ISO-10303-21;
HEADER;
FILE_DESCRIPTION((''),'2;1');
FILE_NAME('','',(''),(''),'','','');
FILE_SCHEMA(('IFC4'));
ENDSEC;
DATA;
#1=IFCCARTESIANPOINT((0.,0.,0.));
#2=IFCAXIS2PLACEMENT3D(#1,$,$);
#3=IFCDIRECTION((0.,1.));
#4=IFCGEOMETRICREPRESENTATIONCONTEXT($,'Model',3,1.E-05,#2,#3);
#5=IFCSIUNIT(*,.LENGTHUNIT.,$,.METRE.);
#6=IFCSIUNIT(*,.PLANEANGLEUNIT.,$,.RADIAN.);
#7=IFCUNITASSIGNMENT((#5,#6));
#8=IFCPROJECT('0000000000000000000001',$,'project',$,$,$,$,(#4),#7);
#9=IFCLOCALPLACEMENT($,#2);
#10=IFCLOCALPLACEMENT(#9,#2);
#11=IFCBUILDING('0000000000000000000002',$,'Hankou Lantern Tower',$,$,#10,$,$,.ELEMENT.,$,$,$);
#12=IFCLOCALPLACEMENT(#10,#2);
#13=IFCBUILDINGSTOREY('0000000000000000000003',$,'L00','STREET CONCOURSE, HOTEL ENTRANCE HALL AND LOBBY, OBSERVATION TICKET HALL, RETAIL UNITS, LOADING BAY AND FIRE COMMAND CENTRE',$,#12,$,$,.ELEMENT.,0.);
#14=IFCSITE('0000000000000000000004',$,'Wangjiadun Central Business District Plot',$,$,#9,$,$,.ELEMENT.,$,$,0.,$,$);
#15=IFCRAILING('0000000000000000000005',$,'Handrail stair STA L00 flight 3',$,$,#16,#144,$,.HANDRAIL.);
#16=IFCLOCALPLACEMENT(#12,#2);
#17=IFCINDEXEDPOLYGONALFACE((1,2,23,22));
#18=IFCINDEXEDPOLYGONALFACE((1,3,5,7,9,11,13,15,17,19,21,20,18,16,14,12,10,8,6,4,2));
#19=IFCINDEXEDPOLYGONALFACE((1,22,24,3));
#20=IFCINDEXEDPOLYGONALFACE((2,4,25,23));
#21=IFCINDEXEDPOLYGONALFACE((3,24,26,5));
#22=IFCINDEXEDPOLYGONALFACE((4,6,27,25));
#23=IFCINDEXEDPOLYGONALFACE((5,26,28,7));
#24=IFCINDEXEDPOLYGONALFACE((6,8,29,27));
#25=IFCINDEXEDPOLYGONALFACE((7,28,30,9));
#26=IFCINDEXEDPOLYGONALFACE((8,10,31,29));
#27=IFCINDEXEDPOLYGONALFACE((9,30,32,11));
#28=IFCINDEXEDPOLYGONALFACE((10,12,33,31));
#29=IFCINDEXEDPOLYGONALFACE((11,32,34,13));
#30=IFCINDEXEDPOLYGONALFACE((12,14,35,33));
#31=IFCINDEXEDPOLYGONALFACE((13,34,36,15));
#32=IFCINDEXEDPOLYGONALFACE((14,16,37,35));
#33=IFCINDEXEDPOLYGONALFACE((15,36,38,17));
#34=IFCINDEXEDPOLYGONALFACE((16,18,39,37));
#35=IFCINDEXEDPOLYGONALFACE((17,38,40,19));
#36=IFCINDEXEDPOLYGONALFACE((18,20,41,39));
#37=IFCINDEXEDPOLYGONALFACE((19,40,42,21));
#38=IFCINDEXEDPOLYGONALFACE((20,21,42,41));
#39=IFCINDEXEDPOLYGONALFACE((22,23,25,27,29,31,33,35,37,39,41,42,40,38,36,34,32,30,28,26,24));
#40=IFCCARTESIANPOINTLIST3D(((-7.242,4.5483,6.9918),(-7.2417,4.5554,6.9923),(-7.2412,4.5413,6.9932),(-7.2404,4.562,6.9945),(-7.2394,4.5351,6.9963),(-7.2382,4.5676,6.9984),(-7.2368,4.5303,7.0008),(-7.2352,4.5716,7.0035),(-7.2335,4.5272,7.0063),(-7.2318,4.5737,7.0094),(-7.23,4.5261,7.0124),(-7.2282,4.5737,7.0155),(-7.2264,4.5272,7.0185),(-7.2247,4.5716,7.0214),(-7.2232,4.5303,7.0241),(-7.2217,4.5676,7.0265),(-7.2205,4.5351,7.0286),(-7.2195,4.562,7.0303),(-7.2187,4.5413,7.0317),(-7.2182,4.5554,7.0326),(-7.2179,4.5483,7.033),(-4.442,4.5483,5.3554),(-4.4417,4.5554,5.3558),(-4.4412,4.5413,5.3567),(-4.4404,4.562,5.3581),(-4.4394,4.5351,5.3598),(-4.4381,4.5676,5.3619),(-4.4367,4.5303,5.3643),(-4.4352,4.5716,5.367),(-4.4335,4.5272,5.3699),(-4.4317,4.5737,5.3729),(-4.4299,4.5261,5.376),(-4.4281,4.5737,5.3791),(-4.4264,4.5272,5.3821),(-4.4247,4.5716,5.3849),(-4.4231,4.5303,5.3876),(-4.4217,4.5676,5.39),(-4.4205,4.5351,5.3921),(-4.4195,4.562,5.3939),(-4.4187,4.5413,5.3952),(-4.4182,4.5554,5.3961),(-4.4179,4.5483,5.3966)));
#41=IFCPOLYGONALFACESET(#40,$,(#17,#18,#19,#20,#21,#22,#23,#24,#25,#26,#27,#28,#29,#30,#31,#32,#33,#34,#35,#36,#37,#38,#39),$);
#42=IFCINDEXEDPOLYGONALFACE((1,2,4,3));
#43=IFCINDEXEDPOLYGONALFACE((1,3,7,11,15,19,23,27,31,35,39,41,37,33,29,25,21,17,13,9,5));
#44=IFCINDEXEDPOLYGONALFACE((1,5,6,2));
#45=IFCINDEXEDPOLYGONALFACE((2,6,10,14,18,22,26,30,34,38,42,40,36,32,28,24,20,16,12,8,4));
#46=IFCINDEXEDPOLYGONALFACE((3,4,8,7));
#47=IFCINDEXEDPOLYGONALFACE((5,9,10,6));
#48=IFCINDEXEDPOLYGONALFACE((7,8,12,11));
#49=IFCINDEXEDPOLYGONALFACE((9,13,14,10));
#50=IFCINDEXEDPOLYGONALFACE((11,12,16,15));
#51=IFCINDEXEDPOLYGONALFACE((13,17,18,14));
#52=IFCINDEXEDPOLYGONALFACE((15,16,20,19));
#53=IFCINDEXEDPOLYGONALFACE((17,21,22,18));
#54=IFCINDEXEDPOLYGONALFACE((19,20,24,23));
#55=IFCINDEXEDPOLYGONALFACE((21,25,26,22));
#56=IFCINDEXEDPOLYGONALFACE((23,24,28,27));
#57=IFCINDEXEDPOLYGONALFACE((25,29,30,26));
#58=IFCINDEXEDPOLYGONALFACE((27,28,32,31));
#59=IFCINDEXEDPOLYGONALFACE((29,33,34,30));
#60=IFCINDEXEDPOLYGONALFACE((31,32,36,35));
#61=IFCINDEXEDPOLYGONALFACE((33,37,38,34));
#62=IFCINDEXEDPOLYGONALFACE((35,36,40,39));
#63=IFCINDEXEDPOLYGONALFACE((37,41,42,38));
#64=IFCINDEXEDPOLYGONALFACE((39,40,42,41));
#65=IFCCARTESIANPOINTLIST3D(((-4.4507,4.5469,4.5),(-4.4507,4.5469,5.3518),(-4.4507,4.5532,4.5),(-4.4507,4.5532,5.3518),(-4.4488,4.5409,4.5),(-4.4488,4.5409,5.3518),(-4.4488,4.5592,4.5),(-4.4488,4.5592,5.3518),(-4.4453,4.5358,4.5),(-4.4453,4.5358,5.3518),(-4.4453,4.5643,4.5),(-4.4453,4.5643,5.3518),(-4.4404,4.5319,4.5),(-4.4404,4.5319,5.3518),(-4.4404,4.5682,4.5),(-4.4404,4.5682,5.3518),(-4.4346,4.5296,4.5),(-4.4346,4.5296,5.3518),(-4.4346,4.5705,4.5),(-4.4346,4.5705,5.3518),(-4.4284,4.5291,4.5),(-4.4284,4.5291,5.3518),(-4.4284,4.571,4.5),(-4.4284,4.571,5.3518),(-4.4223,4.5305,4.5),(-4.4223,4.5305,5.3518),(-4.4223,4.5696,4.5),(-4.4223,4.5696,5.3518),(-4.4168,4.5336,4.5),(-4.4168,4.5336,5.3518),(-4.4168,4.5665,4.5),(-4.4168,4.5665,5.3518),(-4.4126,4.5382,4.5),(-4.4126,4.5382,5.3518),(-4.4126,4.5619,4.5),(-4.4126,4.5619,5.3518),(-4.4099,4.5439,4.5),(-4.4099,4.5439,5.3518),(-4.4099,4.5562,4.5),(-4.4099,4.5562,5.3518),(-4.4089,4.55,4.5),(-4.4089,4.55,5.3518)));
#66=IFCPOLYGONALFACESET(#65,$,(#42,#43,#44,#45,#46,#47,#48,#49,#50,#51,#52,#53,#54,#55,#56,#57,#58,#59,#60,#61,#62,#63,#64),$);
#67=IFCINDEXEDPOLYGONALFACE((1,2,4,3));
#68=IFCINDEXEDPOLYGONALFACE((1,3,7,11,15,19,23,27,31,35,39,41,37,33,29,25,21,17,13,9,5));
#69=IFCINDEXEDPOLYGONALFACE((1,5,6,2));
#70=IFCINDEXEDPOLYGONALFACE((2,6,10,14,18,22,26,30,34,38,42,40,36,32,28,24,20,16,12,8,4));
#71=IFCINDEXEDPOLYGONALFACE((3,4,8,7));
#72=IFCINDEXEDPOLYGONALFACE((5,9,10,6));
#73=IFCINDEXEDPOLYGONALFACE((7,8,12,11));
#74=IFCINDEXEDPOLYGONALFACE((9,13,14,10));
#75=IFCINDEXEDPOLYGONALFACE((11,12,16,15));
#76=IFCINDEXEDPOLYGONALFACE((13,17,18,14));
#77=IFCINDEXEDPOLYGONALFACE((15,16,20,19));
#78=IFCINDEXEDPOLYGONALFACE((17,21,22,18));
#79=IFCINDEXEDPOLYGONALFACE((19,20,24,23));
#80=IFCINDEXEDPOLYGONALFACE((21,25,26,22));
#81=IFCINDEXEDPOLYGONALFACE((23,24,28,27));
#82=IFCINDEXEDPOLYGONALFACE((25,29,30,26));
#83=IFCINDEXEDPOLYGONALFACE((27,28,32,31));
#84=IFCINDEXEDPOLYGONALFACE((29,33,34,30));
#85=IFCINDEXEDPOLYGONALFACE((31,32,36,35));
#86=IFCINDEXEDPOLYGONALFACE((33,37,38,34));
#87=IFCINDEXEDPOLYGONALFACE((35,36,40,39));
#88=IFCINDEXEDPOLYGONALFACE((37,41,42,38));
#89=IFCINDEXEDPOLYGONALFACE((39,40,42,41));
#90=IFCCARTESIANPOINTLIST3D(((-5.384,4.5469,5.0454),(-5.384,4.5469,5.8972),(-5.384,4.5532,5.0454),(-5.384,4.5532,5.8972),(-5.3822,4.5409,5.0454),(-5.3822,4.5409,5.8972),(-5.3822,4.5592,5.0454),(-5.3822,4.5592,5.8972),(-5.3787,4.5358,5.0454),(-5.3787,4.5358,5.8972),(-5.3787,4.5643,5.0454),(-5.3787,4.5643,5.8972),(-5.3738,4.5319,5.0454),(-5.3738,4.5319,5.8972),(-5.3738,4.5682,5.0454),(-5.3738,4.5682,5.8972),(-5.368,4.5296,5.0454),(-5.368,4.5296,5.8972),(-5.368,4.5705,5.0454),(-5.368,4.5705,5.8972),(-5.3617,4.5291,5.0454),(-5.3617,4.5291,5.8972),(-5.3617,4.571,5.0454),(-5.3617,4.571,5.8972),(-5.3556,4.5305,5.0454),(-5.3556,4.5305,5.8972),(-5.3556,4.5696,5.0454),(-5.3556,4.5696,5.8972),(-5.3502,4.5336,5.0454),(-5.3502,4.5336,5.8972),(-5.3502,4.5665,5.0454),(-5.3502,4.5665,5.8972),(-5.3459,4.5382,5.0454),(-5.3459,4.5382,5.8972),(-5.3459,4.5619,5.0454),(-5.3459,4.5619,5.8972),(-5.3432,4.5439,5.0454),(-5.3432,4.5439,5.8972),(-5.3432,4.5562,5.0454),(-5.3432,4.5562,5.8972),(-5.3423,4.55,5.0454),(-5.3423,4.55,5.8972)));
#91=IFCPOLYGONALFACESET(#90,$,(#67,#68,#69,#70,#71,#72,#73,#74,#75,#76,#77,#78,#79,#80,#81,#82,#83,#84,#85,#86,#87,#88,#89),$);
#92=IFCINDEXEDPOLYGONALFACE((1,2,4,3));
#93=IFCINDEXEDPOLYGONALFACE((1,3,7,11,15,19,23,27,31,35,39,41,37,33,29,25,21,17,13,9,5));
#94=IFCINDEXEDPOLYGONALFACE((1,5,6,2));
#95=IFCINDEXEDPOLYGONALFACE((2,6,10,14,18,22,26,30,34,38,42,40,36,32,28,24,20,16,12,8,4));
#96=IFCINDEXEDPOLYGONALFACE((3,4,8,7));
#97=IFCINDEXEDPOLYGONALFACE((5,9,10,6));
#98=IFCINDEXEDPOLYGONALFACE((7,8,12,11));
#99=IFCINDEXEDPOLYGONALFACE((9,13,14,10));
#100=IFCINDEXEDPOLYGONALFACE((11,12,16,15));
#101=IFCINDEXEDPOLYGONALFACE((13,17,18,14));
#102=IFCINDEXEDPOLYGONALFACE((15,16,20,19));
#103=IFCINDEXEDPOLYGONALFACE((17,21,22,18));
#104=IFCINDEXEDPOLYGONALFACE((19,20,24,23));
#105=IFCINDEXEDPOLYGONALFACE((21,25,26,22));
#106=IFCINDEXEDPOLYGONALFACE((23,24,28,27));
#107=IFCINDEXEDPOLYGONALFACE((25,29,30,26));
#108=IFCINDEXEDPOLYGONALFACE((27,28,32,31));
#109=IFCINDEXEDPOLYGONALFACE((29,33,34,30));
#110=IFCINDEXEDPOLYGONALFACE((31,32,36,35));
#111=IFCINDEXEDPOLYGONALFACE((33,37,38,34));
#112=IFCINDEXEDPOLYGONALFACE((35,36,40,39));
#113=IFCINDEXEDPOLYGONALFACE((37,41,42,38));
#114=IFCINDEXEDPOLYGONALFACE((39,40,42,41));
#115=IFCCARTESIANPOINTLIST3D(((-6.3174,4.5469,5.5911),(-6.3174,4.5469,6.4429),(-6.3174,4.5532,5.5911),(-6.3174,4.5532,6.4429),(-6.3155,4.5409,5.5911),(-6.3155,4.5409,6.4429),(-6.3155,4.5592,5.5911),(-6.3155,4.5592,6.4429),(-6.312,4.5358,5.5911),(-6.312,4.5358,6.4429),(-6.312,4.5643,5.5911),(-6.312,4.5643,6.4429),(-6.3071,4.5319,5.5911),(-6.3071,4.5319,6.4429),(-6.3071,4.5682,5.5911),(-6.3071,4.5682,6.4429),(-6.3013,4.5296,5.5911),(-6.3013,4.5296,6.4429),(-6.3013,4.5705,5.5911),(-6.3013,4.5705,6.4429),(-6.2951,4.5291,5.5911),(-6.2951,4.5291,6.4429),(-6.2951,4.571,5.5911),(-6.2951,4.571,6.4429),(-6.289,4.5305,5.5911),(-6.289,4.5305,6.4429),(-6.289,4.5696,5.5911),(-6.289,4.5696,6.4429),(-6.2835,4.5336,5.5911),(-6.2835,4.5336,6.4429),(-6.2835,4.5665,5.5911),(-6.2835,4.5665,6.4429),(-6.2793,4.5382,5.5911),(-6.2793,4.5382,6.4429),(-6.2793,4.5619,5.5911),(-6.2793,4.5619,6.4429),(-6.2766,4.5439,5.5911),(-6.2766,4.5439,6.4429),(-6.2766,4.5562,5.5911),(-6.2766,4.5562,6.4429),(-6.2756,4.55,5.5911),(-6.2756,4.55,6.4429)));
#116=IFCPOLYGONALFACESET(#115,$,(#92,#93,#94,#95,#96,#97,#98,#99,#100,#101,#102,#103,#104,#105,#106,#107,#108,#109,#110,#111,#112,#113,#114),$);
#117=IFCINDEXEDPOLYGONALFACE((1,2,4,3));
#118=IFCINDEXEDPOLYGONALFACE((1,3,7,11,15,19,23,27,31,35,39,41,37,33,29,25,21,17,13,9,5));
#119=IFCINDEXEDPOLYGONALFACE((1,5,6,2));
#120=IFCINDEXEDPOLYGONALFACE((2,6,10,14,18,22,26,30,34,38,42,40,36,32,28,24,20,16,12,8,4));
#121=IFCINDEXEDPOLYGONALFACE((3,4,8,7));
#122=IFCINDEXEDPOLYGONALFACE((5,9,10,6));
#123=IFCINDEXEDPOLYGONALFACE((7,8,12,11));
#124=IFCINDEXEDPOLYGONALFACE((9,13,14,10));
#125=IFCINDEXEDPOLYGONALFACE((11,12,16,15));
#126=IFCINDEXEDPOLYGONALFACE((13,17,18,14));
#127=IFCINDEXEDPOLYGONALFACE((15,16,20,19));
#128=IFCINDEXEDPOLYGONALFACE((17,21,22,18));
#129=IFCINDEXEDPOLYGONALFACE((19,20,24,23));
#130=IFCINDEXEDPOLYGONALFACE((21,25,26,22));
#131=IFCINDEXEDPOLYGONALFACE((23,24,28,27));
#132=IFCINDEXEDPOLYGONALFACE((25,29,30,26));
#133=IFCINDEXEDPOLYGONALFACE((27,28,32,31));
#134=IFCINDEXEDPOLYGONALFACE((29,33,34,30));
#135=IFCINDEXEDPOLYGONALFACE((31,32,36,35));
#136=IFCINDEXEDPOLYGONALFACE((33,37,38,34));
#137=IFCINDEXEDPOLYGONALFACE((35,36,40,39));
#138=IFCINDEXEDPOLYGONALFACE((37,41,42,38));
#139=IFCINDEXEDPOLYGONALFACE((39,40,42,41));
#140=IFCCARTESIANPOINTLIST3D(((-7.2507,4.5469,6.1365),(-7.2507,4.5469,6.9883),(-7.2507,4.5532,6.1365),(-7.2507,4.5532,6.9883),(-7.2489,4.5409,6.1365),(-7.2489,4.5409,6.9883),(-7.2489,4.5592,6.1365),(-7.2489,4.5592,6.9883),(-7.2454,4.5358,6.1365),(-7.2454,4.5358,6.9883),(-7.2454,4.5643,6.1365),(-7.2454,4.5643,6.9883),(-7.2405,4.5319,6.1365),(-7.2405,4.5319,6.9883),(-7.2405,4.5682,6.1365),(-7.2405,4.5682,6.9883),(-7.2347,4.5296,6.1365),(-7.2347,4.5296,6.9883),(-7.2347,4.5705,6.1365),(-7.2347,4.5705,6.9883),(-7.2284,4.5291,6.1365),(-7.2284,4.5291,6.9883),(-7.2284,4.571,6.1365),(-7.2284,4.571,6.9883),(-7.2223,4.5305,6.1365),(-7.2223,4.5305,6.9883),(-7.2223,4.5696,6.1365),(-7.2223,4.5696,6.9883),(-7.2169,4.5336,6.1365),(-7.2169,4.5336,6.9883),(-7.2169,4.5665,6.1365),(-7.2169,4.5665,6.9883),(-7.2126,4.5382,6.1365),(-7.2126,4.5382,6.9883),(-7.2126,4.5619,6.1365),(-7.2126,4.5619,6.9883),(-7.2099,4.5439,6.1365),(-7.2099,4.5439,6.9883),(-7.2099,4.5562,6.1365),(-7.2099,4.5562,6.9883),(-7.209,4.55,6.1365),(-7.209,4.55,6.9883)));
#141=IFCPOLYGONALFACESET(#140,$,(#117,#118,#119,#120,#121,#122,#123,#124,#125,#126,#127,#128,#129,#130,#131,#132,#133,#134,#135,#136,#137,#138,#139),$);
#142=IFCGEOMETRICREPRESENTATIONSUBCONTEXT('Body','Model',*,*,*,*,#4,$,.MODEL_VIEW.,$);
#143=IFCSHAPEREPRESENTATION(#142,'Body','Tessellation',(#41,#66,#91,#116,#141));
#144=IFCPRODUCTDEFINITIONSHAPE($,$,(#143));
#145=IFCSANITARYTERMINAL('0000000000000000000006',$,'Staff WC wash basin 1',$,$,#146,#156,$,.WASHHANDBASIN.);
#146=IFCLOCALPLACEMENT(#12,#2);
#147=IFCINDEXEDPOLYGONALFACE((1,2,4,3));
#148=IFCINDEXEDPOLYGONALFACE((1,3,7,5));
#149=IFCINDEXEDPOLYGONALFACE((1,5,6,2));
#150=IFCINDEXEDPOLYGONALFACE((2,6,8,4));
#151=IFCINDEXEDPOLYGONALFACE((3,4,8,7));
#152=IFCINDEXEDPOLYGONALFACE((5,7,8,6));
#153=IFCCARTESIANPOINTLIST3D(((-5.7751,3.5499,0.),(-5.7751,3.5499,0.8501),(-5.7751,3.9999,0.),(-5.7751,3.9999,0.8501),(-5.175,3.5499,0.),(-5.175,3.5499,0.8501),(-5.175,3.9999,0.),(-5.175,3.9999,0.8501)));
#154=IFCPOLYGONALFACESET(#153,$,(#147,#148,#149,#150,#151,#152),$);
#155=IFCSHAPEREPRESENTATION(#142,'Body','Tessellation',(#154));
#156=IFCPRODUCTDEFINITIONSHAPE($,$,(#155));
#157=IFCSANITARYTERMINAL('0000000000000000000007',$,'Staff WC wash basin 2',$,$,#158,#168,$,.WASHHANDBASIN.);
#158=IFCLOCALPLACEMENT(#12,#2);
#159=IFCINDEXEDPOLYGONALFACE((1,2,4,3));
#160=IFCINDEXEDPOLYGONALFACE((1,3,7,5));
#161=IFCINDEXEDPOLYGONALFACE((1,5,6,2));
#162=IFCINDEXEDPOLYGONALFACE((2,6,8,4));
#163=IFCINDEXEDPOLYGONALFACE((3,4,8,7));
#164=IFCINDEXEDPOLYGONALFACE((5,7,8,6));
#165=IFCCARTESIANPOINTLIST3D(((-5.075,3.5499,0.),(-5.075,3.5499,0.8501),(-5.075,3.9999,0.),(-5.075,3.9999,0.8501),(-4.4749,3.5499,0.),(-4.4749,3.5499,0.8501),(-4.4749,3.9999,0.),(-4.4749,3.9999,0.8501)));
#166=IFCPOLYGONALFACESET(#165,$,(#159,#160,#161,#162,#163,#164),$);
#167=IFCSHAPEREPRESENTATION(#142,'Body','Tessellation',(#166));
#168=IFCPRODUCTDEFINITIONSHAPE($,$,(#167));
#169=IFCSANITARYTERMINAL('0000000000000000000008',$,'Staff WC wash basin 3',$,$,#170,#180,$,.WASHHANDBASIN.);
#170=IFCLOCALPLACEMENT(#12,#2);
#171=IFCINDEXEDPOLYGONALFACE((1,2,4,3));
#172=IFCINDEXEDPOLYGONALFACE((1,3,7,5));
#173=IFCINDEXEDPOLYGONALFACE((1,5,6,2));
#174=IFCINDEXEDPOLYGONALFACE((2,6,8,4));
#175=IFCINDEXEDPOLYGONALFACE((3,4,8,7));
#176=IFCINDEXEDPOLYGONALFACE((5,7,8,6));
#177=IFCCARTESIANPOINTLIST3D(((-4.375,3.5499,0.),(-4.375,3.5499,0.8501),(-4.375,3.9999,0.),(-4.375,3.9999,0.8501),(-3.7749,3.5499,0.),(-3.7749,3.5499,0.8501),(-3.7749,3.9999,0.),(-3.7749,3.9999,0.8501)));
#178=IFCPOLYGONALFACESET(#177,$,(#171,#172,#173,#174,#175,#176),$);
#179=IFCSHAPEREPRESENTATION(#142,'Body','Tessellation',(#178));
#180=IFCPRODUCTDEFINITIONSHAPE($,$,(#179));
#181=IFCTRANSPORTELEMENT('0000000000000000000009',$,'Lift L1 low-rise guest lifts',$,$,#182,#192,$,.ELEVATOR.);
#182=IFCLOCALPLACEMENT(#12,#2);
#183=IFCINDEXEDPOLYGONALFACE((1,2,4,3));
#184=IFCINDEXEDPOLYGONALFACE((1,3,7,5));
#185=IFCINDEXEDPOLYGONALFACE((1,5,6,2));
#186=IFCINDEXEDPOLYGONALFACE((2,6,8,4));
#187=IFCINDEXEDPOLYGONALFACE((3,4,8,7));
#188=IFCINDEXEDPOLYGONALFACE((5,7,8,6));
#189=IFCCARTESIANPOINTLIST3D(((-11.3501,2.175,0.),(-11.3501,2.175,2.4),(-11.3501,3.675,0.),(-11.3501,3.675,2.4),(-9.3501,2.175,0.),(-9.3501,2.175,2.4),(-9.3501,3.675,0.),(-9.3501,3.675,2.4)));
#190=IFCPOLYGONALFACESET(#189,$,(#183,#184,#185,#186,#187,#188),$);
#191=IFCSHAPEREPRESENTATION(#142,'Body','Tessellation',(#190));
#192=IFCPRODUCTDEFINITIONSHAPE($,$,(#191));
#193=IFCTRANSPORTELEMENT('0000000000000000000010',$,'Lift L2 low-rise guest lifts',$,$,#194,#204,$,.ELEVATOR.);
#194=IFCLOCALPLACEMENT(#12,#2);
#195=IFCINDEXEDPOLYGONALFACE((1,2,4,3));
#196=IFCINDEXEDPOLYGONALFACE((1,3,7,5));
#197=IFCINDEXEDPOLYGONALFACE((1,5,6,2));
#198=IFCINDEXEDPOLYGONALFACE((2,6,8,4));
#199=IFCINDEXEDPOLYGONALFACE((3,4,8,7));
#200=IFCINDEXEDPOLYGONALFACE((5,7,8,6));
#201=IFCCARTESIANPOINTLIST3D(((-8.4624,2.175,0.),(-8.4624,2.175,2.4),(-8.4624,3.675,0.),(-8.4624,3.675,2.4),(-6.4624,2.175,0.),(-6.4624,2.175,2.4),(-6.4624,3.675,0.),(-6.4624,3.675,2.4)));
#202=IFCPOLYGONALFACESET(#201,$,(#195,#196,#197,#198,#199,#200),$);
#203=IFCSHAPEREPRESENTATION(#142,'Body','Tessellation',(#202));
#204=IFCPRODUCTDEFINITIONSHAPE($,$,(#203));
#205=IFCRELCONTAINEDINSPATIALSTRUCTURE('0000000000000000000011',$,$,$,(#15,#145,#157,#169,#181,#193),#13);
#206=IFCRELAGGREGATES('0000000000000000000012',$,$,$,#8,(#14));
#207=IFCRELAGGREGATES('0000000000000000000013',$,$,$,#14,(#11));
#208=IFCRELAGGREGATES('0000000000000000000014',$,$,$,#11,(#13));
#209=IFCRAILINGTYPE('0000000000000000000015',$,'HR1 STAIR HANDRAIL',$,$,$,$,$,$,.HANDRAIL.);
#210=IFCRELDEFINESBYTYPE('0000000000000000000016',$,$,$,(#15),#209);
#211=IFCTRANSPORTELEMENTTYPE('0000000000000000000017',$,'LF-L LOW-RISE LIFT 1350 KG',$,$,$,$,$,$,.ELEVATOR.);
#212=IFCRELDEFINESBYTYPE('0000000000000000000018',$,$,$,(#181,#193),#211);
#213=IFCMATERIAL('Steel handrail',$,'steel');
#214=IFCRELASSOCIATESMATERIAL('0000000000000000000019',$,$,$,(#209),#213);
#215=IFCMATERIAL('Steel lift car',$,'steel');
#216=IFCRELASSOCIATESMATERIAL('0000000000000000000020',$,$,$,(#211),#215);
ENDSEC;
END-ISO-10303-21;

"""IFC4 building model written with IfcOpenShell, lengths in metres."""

from ifc_helpers import new_model, si_unit, direction, frame, origin, origin_2d, place, context, subcontext, project, spatial, rectangle, circle, extrude, material, type_object, element, save


model = new_model("IFC4")

# Units and contexts
model_context = context("Model", 3, precision=1e-05, world=origin(), true_north=direction((0.0, 1.0)))
body_context = subcontext(model_context, "Body", "Model", "MODEL_VIEW")
ifc_project = project(units=[si_unit("LENGTHUNIT", "METRE"), si_unit("PLANEANGLEUNIT", "RADIAN")], contexts=[model_context])

# Site, building, storey
site_placement = place(None, origin())
site = spatial("IfcSite", under=ifc_project, at=site_placement, Name="Wangjiadun Central Business District Plot", CompositionType="ELEMENT", RefElevation=0.0)
building_placement = place(site_placement, origin())
building = spatial("IfcBuilding", under=site, at=building_placement, Name="Hankou Lantern Tower", CompositionType="ELEMENT")
storey_placement = place(building_placement, origin())
storey = spatial("IfcBuildingStorey", under=building, at=storey_placement, Name="L00", Description="STREET CONCOURSE, HOTEL ENTRANCE HALL AND LOBBY, OBSERVATION TICKET HALL, RETAIL UNITS, LOADING BAY AND FIRE COMMAND CENTRE", CompositionType="ELEMENT", Elevation=0.0)

# Railing
ifc_material_1 = material(Name="Steel handrail", Category="steel")
railing_type = type_object("IfcRailingType", Name="HR1 STAIR HANDRAIL", PredefinedType="HANDRAIL", material=ifc_material_1)
for number, where, name in (
    (1, (-4.4299, 4.55, 4.5), "Handrail stair STA L00 flight 3"),
):
    element("IfcRailing", number, at=place(storey_placement, frame(where)), inside=storey, type_object=railing_type, Name=name, PredefinedType="HANDRAIL", context=body_context, shape_type="SweptSolid", body=[
        extrude(circle(Radius=0.0239, at=origin_2d()), frame((0.0, 0.0, 0.876), z_axis=(-0.863361, 0.0, 0.504587), x_axis=(0.0, -1.0, 0.0)), (0.0, 0.0, 1.0), 3.2432),
        extrude(circle(Radius=0.021, at=origin_2d()), origin(), (0.0, 0.0, 1.0), 0.8518),
        extrude(circle(Radius=0.021, at=origin_2d()), frame((-0.9333, 0.0, 0.5454)), (0.0, 0.0, 1.0), 0.8518),
        extrude(circle(Radius=0.021, at=origin_2d()), frame((-1.8667, 0.0, 1.0911)), (0.0, 0.0, 1.0), 0.8518),
        extrude(circle(Radius=0.021, at=origin_2d()), frame((-2.8, 0.0, 1.6365)), (0.0, 0.0, 1.0), 0.8518),
    ])

# Sanitary terminals
for number, where, z_axis, x_axis, name in (
    (2, (-5.4751, 3.7749, 0.0), (0.0, 0.0, 1.0), (1.0, 0.0, 0.0), "Staff WC wash basin 1"),
    (3, (-4.7749, 3.7749, 0.0), (0.0, 0.0, 1.0), (1.0, 0.0, 0.0), "Staff WC wash basin 2"),
    (4, (-4.075, 3.7749, 0.0), (0.0, 0.0, 1.0), (1.0, 0.0, 0.0), "Staff WC wash basin 3"),
):
    element("IfcSanitaryTerminal", number, at=place(storey_placement, frame(where, z_axis=z_axis, x_axis=x_axis)), inside=storey, Name=name, PredefinedType="WASHHANDBASIN", context=body_context, shape_type="SweptSolid", body=[
        extrude(rectangle(XDim=0.6001, YDim=0.45, at=origin_2d()), origin(), (0.0, 0.0, 1.0), 0.8501),
    ])

# Transport elements
ifc_material_2 = material(Name="Steel lift car", Category="steel")
transport_element_type = type_object("IfcTransportElementType", Name="LF-L LOW-RISE LIFT 1350 KG", PredefinedType="ELEVATOR", material=ifc_material_2)
for number, where, z_axis, x_axis, name in (
    (5, (-10.3501, 2.925, 0.0), (0.0, 0.0, 1.0), (1.0, 0.0, 0.0), "Lift L1 low-rise guest lifts"),
    (6, (-7.4624, 2.925, 0.0), (0.0, 0.0, 1.0), (1.0, 0.0, 0.0), "Lift L2 low-rise guest lifts"),
):
    element("IfcTransportElement", number, at=place(storey_placement, frame(where, z_axis=z_axis, x_axis=x_axis)), inside=storey, type_object=transport_element_type, Name=name, PredefinedType="ELEVATOR", context=body_context, shape_type="SweptSolid", body=[
        extrude(rectangle(XDim=2.0, YDim=1.5, at=origin_2d()), origin(), (0.0, 0.0, 1.0), 2.4),
    ])

save(model, "model.ifc")
